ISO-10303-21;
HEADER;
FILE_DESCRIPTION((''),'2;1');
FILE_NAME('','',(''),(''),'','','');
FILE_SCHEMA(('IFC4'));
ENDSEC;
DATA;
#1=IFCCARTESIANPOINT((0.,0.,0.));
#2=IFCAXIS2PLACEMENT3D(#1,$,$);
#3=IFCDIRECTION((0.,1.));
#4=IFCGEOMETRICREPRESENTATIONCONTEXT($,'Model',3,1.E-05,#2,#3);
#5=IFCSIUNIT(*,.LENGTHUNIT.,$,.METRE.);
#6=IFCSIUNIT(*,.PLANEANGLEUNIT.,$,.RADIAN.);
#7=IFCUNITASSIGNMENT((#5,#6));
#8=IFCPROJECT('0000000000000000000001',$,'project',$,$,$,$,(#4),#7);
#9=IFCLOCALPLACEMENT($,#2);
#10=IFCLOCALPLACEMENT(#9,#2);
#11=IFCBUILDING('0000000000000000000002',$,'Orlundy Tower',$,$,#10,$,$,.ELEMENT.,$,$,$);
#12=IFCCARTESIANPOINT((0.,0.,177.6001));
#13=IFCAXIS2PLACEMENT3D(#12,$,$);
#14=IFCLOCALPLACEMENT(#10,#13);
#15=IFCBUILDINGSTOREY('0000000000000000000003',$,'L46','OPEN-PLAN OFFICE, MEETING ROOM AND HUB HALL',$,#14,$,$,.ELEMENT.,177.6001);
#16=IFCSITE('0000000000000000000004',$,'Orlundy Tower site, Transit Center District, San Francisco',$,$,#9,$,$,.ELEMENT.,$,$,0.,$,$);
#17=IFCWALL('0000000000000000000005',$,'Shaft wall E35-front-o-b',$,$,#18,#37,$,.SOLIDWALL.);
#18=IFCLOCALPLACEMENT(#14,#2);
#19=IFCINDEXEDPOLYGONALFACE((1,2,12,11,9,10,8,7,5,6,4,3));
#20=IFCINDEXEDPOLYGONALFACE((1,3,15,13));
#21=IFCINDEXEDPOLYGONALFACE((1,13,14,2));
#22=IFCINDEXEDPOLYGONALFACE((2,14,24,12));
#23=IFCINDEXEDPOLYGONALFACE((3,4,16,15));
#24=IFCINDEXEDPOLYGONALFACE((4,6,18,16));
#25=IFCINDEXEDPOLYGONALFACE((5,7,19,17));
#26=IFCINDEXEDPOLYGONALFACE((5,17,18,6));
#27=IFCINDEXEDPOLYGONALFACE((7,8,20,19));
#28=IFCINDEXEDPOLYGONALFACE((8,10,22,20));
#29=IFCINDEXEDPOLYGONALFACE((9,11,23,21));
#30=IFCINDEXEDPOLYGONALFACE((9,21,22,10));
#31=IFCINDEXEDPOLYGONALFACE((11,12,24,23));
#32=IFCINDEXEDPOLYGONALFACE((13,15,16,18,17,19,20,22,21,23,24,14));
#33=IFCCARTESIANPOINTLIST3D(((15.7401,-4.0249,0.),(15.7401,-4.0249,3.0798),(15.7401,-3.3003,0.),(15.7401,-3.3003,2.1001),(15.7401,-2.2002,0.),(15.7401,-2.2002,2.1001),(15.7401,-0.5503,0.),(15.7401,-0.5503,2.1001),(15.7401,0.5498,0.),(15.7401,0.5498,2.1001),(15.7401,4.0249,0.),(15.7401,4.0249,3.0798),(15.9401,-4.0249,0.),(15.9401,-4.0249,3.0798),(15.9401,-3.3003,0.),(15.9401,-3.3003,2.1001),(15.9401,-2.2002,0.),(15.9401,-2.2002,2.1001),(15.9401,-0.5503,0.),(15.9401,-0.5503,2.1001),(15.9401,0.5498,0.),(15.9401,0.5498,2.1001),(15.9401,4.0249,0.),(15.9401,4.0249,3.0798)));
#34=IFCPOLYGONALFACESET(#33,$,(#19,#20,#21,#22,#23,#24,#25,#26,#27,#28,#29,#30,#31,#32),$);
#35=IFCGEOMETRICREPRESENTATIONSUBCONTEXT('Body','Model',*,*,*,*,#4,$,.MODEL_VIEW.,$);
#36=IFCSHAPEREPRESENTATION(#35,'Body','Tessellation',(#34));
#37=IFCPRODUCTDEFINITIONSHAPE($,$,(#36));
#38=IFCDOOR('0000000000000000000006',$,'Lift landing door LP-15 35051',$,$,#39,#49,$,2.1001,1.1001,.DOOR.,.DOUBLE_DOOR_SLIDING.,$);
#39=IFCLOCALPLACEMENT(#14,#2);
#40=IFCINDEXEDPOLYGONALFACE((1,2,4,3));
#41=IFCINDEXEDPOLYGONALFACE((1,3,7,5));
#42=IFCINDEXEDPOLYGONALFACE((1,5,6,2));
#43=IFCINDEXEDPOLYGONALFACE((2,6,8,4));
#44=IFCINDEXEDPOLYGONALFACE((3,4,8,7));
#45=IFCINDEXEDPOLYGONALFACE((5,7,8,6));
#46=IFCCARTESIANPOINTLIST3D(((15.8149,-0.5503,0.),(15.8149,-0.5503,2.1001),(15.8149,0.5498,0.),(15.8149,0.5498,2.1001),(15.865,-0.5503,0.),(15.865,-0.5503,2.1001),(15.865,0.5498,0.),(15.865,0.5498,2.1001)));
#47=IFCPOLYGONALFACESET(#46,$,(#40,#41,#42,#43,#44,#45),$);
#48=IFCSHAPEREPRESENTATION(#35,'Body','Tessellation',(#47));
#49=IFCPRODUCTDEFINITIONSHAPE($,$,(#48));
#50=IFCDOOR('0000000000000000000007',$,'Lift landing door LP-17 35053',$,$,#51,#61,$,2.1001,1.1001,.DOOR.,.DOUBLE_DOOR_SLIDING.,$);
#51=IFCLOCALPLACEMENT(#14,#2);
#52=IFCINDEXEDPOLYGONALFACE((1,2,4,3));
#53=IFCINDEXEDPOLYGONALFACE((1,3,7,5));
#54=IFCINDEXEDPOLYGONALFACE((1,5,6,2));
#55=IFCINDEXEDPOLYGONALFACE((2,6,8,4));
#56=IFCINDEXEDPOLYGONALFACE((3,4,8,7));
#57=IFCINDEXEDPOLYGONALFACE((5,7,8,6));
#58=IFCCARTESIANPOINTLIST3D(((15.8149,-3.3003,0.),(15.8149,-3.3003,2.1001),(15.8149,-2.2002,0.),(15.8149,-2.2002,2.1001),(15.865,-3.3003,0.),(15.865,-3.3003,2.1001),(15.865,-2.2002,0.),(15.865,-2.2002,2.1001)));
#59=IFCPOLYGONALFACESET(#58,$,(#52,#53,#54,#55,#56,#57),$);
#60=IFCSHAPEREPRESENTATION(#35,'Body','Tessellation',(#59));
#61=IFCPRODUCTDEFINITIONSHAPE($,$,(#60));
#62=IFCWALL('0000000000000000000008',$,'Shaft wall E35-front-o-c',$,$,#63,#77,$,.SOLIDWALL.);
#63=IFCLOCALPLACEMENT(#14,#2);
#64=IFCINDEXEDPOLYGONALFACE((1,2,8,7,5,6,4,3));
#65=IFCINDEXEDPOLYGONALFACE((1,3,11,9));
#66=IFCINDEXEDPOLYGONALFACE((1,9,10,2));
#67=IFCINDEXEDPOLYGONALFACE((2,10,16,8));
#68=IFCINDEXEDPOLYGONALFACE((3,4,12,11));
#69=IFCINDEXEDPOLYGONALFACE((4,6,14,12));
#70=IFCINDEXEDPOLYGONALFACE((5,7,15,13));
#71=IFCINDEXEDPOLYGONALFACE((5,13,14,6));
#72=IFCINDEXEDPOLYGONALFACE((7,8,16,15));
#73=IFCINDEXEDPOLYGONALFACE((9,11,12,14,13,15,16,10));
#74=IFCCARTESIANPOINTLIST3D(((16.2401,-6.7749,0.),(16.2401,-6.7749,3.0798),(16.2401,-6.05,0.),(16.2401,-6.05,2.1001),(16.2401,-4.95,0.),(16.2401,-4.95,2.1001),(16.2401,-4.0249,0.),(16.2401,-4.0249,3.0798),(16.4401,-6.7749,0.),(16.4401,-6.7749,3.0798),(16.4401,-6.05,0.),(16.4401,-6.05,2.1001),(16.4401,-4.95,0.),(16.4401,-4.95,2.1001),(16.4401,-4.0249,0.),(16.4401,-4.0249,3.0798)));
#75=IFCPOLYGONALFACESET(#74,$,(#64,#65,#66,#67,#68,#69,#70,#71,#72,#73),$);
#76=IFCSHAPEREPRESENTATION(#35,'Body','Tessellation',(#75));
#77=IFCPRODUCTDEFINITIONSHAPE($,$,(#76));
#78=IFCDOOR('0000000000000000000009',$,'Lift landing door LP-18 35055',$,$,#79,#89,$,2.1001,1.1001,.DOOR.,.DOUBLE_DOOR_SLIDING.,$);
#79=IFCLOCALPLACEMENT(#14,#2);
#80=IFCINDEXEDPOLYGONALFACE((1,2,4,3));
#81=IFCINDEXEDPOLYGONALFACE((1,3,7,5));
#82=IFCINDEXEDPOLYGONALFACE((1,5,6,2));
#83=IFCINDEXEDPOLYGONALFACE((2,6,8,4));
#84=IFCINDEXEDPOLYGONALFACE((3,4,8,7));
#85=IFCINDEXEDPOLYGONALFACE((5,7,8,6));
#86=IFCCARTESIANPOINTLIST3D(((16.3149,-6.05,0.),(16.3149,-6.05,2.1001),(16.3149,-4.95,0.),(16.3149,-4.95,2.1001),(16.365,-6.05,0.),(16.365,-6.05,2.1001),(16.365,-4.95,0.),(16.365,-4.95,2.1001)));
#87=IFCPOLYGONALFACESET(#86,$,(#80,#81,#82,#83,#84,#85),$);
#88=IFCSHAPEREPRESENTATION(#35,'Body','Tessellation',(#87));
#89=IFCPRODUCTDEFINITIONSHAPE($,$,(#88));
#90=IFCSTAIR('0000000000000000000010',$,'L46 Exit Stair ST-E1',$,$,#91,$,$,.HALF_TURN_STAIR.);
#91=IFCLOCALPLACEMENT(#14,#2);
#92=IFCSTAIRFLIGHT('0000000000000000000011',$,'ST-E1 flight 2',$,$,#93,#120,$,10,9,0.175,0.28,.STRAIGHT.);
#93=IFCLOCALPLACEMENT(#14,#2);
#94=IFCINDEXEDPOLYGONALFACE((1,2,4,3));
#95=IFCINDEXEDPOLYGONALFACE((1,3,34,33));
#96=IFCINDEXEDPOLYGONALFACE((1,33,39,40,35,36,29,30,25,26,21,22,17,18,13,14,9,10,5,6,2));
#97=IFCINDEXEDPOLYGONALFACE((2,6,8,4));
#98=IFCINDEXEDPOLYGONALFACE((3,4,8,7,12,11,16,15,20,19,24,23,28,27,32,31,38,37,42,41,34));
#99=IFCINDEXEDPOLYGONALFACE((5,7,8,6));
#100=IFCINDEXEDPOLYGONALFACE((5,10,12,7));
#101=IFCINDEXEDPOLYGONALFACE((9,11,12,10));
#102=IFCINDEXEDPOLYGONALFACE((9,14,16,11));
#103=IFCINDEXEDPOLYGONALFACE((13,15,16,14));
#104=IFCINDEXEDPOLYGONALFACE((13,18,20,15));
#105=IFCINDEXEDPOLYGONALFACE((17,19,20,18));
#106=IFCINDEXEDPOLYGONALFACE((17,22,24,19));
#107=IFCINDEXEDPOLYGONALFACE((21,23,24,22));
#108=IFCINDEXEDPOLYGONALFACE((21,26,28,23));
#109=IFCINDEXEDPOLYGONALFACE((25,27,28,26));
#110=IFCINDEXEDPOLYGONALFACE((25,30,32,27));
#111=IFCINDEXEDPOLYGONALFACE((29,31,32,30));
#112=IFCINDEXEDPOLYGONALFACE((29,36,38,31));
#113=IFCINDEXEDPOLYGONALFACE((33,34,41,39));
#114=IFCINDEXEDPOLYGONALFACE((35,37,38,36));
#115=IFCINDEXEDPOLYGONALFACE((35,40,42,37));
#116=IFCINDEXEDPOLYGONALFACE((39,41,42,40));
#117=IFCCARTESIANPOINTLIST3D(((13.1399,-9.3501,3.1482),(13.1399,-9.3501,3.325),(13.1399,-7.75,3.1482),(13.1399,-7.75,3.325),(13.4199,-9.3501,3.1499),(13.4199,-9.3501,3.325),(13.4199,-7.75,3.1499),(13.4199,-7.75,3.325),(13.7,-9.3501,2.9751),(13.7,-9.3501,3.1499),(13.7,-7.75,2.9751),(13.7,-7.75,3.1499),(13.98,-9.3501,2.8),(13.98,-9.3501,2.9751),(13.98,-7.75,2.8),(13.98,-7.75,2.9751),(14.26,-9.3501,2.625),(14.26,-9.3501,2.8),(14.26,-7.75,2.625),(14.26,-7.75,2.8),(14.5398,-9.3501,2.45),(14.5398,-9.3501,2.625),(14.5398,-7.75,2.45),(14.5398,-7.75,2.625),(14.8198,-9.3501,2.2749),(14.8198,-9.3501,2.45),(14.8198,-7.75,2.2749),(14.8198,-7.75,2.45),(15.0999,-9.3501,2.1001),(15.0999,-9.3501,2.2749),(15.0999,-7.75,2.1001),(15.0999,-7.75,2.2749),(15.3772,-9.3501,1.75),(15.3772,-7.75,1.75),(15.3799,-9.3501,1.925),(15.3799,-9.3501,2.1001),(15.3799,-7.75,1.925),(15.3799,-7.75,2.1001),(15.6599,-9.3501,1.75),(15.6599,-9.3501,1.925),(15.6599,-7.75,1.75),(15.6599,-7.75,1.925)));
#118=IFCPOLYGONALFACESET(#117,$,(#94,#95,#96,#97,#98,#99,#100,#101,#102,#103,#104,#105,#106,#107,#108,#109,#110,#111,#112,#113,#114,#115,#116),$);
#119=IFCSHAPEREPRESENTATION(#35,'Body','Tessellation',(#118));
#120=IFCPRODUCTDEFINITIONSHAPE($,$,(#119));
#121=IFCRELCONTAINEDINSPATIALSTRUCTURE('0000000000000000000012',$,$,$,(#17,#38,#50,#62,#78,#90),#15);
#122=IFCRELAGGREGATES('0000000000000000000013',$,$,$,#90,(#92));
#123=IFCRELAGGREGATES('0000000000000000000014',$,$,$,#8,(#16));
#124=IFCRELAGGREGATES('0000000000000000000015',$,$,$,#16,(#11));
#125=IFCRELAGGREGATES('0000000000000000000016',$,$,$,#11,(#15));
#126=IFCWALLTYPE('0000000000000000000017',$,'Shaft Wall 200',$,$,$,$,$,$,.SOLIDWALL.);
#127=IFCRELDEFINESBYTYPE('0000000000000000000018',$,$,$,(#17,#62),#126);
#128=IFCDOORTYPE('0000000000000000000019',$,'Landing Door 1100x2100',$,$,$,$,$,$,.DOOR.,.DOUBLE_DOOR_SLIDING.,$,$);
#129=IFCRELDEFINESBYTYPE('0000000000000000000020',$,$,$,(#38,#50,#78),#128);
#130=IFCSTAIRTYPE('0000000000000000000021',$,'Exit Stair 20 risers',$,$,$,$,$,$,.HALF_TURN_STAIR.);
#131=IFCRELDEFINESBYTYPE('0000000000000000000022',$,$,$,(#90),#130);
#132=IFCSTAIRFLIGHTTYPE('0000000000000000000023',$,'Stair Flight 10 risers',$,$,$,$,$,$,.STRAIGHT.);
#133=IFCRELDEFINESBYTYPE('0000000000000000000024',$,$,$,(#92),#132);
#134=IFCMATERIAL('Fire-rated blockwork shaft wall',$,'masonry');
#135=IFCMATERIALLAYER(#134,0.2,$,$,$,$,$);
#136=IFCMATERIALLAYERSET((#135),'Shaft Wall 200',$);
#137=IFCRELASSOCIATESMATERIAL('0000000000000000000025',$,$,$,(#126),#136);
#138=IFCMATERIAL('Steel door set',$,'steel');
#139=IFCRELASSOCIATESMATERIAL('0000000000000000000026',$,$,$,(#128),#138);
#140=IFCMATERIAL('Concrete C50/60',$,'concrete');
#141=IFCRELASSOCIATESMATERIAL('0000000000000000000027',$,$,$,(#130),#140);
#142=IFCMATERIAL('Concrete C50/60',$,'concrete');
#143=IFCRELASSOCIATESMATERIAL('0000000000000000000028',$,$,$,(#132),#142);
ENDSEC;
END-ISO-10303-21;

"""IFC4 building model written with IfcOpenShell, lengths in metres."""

from ifc_helpers import new_model, si_unit, direction, frame, frame_2d, origin, place, context, subcontext, project, spatial, polyline, rectangle, outline, extrude, material, layer, layer_set, type_object, element, fill, aggregate, save


model = new_model("IFC4")

# Units and contexts
model_context = context("Model", 3, precision=1e-05, world=origin(), true_north=direction((0.0, 1.0)))
body_context = subcontext(model_context, "Body", "Model", "MODEL_VIEW")
ifc_project = project(units=[si_unit("LENGTHUNIT", "METRE"), si_unit("PLANEANGLEUNIT", "RADIAN")], contexts=[model_context])

# Site, building, storey
site_placement = place(None, origin())
site = spatial("IfcSite", under=ifc_project, at=site_placement, Name="Orlundy Tower site, Transit Center District, San Francisco", CompositionType="ELEMENT", RefElevation=0.0)
building_placement = place(site_placement, origin())
building = spatial("IfcBuilding", under=site, at=building_placement, Name="Orlundy Tower", CompositionType="ELEMENT")
storey_placement = place(building_placement, frame((0.0, 0.0, 177.6001)))
storey = spatial("IfcBuildingStorey", under=building, at=storey_placement, Name="L46", Description="OPEN-PLAN OFFICE, MEETING ROOM AND HUB HALL", CompositionType="ELEMENT", Elevation=177.6001)

# Shared definitions
ifc_material_1 = material(Name="Fire-rated blockwork shaft wall", Category="masonry")
ifc_layer_1 = layer(ifc_material_1, 0.2)
ifc_layer_set_1 = layer_set([ifc_layer_1], Name="Shaft Wall 200")
wall_type_1 = type_object("IfcWallType", Name="Shaft Wall 200", PredefinedType="SOLIDWALL", material=ifc_layer_set_1)
ifc_material_2 = material(Name="Steel door set", Category="steel")
door_type_1 = type_object("IfcDoorType", Name="Landing Door 1100x2100", OperationType="DOUBLE_DOOR_SLIDING", PredefinedType="DOOR", material=ifc_material_2)

# Wall, openings, doors
wall_1_placement = place(storey_placement, frame((15.8401, 4.0249, 0.0), z_axis=(0.0, 0.0, 1.0), x_axis=(0.0, -1.0, 0.0)))
wall_1 = element("IfcWall", 1, at=wall_1_placement, inside=storey, type_object=wall_type_1, Name="Shaft wall E35-front-o-b", PredefinedType="SOLIDWALL", context=body_context, shape_type="SweptSolid", body=[
    extrude(rectangle(XDim=8.0498, YDim=0.2, at=frame_2d((4.0249, 0.0))), origin(), (0.0, 0.0, 1.0), 3.0798),
])
opening_1_placement = place(wall_1_placement, frame((3.4751, 0.0, 0.0)))
opening_1 = element("IfcOpeningElement", 2, at=opening_1_placement, cuts=wall_1, PredefinedType="OPENING", context=body_context, shape_type="SweptSolid", body=[
    extrude(rectangle(XDim=1.1001, YDim=2.1001, at=frame_2d((0.55, 1.05))), frame((0.0, 0.1101, 0.0), z_axis=(0.0, -1.0, 0.0), x_axis=(1.0, 0.0, 0.0)), (0.0, 0.0, 1.0), 0.2202),
])
opening_2_placement = place(wall_1_placement, frame((6.2251, 0.0, 0.0)))
opening_2 = element("IfcOpeningElement", 3, at=opening_2_placement, cuts=wall_1, PredefinedType="OPENING", context=body_context, shape_type="SweptSolid", body=[
    extrude(rectangle(XDim=1.1001, YDim=2.1001, at=frame_2d((0.55, 1.05))), frame((0.0, 0.1101, 0.0), z_axis=(0.0, -1.0, 0.0), x_axis=(1.0, 0.0, 0.0)), (0.0, 0.0, 1.0), 0.2202),
])
door_1_placement = place(opening_1_placement, origin())
door_1 = element("IfcDoor", 4, at=door_1_placement, inside=storey, type_object=door_type_1, Name="Lift landing door LP-15 35051", OperationType="DOUBLE_DOOR_SLIDING", OverallHeight=2.1001, OverallWidth=1.1001, PredefinedType="DOOR", context=body_context, shape_type="SweptSolid", body=[
    extrude(rectangle(XDim=1.1001, YDim=2.1001, at=frame_2d((0.55, 1.05))), frame((0.0, 0.0249, 0.0), z_axis=(0.0, -1.0, 0.0), x_axis=(1.0, 0.0, 0.0)), (0.0, 0.0, 1.0), 0.05),
])
fill(opening_1, door_1)
door_2_placement = place(opening_2_placement, origin())
door_2 = element("IfcDoor", 5, at=door_2_placement, inside=storey, type_object=door_type_1, Name="Lift landing door LP-17 35053", OperationType="DOUBLE_DOOR_SLIDING", OverallHeight=2.1001, OverallWidth=1.1001, PredefinedType="DOOR", context=body_context, shape_type="SweptSolid", body=[
    extrude(rectangle(XDim=1.1001, YDim=2.1001, at=frame_2d((0.55, 1.05))), frame((0.0, 0.0249, 0.0), z_axis=(0.0, -1.0, 0.0), x_axis=(1.0, 0.0, 0.0)), (0.0, 0.0, 1.0), 0.05),
])
fill(opening_2, door_2)

# Wall, opening, door
wall_2_placement = place(storey_placement, frame((16.3401, -4.0249, 0.0), z_axis=(0.0, 0.0, 1.0), x_axis=(0.0, -1.0, 0.0)))
wall_2 = element("IfcWall", 6, at=wall_2_placement, inside=storey, type_object=wall_type_1, Name="Shaft wall E35-front-o-c", PredefinedType="SOLIDWALL", context=body_context, shape_type="SweptSolid", body=[
    extrude(rectangle(XDim=2.75, YDim=0.2, at=frame_2d((1.375, 0.0))), origin(), (0.0, 0.0, 1.0), 3.0798),
])
opening_3_placement = place(wall_2_placement, frame((0.925, 0.0, 0.0)))
opening_3 = element("IfcOpeningElement", 7, at=opening_3_placement, cuts=wall_2, PredefinedType="OPENING", context=body_context, shape_type="SweptSolid", body=[
    extrude(rectangle(XDim=1.1001, YDim=2.1001, at=frame_2d((0.55, 1.05))), frame((0.0, 0.1101, 0.0), z_axis=(0.0, -1.0, 0.0), x_axis=(1.0, 0.0, 0.0)), (0.0, 0.0, 1.0), 0.2202),
])
door_3_placement = place(opening_3_placement, origin())
door_3 = element("IfcDoor", 8, at=door_3_placement, inside=storey, type_object=door_type_1, Name="Lift landing door LP-18 35055", OperationType="DOUBLE_DOOR_SLIDING", OverallHeight=2.1001, OverallWidth=1.1001, PredefinedType="DOOR", context=body_context, shape_type="SweptSolid", body=[
    extrude(rectangle(XDim=1.1001, YDim=2.1001, at=frame_2d((0.55, 1.05))), frame((0.0, 0.0249, 0.0), z_axis=(0.0, -1.0, 0.0), x_axis=(1.0, 0.0, 0.0)), (0.0, 0.0, 1.0), 0.05),
])
fill(opening_3, door_3)

# Stair, stair flight
ifc_material_3 = material(Name="Concrete C50/60", Category="concrete")
stair_type = type_object("IfcStairType", Name="Exit Stair 20 risers", PredefinedType="HALF_TURN_STAIR", material=ifc_material_3)
stair_placement = place(storey_placement, origin())
stair = element("IfcStair", 9, at=stair_placement, inside=storey, type_object=stair_type, Name="L46 Exit Stair ST-E1", PredefinedType="HALF_TURN_STAIR")
ifc_material_4 = material(Name="Concrete C50/60", Category="concrete")
stair_flight_type = type_object("IfcStairFlightType", Name="Stair Flight 10 risers", PredefinedType="STRAIGHT", material=ifc_material_4)
stair_flight_placement = place(storey_placement, frame((15.6599, -8.55, 1.75), z_axis=(0.0, 0.0, 1.0), x_axis=(-1.0, 0.0, 0.0)))
stair_flight = element("IfcStairFlight", 10, at=stair_flight_placement, type_object=stair_flight_type, Name="ST-E1 flight 2", NumberOfRisers=10, NumberOfTreads=9, PredefinedType="STRAIGHT", RiserHeight=0.175, TreadLength=0.28, context=body_context, shape_type="SweptSolid", body=[
    extrude(outline(polyline([(0.0, 0.0), (0.0, 0.175), (0.28, 0.175), (0.28, 0.3501), (0.5601, 0.3501), (0.5601, 0.5249), (0.8401, 0.5249), (0.8401, 0.7), (1.1201, 0.7), (1.1201, 0.875), (1.3999, 0.875), (1.3999, 1.05), (1.6799, 1.05), (1.6799, 1.2251), (1.96, 1.2251), (1.96, 1.3999), (2.24, 1.3999), (2.24, 1.575), (2.52, 1.575), (2.52, 1.75), (2.52, 1.3982), (0.2827, 0.0), (0.0, 0.0)])), frame((0.0, 0.8, 0.0), z_axis=(0.0, -1.0, 0.0), x_axis=(1.0, 0.0, 0.0)), (0.0, 0.0, 1.0), 1.6001),
])
aggregate(stair, [stair_flight])

save(model, "model.ifc")
